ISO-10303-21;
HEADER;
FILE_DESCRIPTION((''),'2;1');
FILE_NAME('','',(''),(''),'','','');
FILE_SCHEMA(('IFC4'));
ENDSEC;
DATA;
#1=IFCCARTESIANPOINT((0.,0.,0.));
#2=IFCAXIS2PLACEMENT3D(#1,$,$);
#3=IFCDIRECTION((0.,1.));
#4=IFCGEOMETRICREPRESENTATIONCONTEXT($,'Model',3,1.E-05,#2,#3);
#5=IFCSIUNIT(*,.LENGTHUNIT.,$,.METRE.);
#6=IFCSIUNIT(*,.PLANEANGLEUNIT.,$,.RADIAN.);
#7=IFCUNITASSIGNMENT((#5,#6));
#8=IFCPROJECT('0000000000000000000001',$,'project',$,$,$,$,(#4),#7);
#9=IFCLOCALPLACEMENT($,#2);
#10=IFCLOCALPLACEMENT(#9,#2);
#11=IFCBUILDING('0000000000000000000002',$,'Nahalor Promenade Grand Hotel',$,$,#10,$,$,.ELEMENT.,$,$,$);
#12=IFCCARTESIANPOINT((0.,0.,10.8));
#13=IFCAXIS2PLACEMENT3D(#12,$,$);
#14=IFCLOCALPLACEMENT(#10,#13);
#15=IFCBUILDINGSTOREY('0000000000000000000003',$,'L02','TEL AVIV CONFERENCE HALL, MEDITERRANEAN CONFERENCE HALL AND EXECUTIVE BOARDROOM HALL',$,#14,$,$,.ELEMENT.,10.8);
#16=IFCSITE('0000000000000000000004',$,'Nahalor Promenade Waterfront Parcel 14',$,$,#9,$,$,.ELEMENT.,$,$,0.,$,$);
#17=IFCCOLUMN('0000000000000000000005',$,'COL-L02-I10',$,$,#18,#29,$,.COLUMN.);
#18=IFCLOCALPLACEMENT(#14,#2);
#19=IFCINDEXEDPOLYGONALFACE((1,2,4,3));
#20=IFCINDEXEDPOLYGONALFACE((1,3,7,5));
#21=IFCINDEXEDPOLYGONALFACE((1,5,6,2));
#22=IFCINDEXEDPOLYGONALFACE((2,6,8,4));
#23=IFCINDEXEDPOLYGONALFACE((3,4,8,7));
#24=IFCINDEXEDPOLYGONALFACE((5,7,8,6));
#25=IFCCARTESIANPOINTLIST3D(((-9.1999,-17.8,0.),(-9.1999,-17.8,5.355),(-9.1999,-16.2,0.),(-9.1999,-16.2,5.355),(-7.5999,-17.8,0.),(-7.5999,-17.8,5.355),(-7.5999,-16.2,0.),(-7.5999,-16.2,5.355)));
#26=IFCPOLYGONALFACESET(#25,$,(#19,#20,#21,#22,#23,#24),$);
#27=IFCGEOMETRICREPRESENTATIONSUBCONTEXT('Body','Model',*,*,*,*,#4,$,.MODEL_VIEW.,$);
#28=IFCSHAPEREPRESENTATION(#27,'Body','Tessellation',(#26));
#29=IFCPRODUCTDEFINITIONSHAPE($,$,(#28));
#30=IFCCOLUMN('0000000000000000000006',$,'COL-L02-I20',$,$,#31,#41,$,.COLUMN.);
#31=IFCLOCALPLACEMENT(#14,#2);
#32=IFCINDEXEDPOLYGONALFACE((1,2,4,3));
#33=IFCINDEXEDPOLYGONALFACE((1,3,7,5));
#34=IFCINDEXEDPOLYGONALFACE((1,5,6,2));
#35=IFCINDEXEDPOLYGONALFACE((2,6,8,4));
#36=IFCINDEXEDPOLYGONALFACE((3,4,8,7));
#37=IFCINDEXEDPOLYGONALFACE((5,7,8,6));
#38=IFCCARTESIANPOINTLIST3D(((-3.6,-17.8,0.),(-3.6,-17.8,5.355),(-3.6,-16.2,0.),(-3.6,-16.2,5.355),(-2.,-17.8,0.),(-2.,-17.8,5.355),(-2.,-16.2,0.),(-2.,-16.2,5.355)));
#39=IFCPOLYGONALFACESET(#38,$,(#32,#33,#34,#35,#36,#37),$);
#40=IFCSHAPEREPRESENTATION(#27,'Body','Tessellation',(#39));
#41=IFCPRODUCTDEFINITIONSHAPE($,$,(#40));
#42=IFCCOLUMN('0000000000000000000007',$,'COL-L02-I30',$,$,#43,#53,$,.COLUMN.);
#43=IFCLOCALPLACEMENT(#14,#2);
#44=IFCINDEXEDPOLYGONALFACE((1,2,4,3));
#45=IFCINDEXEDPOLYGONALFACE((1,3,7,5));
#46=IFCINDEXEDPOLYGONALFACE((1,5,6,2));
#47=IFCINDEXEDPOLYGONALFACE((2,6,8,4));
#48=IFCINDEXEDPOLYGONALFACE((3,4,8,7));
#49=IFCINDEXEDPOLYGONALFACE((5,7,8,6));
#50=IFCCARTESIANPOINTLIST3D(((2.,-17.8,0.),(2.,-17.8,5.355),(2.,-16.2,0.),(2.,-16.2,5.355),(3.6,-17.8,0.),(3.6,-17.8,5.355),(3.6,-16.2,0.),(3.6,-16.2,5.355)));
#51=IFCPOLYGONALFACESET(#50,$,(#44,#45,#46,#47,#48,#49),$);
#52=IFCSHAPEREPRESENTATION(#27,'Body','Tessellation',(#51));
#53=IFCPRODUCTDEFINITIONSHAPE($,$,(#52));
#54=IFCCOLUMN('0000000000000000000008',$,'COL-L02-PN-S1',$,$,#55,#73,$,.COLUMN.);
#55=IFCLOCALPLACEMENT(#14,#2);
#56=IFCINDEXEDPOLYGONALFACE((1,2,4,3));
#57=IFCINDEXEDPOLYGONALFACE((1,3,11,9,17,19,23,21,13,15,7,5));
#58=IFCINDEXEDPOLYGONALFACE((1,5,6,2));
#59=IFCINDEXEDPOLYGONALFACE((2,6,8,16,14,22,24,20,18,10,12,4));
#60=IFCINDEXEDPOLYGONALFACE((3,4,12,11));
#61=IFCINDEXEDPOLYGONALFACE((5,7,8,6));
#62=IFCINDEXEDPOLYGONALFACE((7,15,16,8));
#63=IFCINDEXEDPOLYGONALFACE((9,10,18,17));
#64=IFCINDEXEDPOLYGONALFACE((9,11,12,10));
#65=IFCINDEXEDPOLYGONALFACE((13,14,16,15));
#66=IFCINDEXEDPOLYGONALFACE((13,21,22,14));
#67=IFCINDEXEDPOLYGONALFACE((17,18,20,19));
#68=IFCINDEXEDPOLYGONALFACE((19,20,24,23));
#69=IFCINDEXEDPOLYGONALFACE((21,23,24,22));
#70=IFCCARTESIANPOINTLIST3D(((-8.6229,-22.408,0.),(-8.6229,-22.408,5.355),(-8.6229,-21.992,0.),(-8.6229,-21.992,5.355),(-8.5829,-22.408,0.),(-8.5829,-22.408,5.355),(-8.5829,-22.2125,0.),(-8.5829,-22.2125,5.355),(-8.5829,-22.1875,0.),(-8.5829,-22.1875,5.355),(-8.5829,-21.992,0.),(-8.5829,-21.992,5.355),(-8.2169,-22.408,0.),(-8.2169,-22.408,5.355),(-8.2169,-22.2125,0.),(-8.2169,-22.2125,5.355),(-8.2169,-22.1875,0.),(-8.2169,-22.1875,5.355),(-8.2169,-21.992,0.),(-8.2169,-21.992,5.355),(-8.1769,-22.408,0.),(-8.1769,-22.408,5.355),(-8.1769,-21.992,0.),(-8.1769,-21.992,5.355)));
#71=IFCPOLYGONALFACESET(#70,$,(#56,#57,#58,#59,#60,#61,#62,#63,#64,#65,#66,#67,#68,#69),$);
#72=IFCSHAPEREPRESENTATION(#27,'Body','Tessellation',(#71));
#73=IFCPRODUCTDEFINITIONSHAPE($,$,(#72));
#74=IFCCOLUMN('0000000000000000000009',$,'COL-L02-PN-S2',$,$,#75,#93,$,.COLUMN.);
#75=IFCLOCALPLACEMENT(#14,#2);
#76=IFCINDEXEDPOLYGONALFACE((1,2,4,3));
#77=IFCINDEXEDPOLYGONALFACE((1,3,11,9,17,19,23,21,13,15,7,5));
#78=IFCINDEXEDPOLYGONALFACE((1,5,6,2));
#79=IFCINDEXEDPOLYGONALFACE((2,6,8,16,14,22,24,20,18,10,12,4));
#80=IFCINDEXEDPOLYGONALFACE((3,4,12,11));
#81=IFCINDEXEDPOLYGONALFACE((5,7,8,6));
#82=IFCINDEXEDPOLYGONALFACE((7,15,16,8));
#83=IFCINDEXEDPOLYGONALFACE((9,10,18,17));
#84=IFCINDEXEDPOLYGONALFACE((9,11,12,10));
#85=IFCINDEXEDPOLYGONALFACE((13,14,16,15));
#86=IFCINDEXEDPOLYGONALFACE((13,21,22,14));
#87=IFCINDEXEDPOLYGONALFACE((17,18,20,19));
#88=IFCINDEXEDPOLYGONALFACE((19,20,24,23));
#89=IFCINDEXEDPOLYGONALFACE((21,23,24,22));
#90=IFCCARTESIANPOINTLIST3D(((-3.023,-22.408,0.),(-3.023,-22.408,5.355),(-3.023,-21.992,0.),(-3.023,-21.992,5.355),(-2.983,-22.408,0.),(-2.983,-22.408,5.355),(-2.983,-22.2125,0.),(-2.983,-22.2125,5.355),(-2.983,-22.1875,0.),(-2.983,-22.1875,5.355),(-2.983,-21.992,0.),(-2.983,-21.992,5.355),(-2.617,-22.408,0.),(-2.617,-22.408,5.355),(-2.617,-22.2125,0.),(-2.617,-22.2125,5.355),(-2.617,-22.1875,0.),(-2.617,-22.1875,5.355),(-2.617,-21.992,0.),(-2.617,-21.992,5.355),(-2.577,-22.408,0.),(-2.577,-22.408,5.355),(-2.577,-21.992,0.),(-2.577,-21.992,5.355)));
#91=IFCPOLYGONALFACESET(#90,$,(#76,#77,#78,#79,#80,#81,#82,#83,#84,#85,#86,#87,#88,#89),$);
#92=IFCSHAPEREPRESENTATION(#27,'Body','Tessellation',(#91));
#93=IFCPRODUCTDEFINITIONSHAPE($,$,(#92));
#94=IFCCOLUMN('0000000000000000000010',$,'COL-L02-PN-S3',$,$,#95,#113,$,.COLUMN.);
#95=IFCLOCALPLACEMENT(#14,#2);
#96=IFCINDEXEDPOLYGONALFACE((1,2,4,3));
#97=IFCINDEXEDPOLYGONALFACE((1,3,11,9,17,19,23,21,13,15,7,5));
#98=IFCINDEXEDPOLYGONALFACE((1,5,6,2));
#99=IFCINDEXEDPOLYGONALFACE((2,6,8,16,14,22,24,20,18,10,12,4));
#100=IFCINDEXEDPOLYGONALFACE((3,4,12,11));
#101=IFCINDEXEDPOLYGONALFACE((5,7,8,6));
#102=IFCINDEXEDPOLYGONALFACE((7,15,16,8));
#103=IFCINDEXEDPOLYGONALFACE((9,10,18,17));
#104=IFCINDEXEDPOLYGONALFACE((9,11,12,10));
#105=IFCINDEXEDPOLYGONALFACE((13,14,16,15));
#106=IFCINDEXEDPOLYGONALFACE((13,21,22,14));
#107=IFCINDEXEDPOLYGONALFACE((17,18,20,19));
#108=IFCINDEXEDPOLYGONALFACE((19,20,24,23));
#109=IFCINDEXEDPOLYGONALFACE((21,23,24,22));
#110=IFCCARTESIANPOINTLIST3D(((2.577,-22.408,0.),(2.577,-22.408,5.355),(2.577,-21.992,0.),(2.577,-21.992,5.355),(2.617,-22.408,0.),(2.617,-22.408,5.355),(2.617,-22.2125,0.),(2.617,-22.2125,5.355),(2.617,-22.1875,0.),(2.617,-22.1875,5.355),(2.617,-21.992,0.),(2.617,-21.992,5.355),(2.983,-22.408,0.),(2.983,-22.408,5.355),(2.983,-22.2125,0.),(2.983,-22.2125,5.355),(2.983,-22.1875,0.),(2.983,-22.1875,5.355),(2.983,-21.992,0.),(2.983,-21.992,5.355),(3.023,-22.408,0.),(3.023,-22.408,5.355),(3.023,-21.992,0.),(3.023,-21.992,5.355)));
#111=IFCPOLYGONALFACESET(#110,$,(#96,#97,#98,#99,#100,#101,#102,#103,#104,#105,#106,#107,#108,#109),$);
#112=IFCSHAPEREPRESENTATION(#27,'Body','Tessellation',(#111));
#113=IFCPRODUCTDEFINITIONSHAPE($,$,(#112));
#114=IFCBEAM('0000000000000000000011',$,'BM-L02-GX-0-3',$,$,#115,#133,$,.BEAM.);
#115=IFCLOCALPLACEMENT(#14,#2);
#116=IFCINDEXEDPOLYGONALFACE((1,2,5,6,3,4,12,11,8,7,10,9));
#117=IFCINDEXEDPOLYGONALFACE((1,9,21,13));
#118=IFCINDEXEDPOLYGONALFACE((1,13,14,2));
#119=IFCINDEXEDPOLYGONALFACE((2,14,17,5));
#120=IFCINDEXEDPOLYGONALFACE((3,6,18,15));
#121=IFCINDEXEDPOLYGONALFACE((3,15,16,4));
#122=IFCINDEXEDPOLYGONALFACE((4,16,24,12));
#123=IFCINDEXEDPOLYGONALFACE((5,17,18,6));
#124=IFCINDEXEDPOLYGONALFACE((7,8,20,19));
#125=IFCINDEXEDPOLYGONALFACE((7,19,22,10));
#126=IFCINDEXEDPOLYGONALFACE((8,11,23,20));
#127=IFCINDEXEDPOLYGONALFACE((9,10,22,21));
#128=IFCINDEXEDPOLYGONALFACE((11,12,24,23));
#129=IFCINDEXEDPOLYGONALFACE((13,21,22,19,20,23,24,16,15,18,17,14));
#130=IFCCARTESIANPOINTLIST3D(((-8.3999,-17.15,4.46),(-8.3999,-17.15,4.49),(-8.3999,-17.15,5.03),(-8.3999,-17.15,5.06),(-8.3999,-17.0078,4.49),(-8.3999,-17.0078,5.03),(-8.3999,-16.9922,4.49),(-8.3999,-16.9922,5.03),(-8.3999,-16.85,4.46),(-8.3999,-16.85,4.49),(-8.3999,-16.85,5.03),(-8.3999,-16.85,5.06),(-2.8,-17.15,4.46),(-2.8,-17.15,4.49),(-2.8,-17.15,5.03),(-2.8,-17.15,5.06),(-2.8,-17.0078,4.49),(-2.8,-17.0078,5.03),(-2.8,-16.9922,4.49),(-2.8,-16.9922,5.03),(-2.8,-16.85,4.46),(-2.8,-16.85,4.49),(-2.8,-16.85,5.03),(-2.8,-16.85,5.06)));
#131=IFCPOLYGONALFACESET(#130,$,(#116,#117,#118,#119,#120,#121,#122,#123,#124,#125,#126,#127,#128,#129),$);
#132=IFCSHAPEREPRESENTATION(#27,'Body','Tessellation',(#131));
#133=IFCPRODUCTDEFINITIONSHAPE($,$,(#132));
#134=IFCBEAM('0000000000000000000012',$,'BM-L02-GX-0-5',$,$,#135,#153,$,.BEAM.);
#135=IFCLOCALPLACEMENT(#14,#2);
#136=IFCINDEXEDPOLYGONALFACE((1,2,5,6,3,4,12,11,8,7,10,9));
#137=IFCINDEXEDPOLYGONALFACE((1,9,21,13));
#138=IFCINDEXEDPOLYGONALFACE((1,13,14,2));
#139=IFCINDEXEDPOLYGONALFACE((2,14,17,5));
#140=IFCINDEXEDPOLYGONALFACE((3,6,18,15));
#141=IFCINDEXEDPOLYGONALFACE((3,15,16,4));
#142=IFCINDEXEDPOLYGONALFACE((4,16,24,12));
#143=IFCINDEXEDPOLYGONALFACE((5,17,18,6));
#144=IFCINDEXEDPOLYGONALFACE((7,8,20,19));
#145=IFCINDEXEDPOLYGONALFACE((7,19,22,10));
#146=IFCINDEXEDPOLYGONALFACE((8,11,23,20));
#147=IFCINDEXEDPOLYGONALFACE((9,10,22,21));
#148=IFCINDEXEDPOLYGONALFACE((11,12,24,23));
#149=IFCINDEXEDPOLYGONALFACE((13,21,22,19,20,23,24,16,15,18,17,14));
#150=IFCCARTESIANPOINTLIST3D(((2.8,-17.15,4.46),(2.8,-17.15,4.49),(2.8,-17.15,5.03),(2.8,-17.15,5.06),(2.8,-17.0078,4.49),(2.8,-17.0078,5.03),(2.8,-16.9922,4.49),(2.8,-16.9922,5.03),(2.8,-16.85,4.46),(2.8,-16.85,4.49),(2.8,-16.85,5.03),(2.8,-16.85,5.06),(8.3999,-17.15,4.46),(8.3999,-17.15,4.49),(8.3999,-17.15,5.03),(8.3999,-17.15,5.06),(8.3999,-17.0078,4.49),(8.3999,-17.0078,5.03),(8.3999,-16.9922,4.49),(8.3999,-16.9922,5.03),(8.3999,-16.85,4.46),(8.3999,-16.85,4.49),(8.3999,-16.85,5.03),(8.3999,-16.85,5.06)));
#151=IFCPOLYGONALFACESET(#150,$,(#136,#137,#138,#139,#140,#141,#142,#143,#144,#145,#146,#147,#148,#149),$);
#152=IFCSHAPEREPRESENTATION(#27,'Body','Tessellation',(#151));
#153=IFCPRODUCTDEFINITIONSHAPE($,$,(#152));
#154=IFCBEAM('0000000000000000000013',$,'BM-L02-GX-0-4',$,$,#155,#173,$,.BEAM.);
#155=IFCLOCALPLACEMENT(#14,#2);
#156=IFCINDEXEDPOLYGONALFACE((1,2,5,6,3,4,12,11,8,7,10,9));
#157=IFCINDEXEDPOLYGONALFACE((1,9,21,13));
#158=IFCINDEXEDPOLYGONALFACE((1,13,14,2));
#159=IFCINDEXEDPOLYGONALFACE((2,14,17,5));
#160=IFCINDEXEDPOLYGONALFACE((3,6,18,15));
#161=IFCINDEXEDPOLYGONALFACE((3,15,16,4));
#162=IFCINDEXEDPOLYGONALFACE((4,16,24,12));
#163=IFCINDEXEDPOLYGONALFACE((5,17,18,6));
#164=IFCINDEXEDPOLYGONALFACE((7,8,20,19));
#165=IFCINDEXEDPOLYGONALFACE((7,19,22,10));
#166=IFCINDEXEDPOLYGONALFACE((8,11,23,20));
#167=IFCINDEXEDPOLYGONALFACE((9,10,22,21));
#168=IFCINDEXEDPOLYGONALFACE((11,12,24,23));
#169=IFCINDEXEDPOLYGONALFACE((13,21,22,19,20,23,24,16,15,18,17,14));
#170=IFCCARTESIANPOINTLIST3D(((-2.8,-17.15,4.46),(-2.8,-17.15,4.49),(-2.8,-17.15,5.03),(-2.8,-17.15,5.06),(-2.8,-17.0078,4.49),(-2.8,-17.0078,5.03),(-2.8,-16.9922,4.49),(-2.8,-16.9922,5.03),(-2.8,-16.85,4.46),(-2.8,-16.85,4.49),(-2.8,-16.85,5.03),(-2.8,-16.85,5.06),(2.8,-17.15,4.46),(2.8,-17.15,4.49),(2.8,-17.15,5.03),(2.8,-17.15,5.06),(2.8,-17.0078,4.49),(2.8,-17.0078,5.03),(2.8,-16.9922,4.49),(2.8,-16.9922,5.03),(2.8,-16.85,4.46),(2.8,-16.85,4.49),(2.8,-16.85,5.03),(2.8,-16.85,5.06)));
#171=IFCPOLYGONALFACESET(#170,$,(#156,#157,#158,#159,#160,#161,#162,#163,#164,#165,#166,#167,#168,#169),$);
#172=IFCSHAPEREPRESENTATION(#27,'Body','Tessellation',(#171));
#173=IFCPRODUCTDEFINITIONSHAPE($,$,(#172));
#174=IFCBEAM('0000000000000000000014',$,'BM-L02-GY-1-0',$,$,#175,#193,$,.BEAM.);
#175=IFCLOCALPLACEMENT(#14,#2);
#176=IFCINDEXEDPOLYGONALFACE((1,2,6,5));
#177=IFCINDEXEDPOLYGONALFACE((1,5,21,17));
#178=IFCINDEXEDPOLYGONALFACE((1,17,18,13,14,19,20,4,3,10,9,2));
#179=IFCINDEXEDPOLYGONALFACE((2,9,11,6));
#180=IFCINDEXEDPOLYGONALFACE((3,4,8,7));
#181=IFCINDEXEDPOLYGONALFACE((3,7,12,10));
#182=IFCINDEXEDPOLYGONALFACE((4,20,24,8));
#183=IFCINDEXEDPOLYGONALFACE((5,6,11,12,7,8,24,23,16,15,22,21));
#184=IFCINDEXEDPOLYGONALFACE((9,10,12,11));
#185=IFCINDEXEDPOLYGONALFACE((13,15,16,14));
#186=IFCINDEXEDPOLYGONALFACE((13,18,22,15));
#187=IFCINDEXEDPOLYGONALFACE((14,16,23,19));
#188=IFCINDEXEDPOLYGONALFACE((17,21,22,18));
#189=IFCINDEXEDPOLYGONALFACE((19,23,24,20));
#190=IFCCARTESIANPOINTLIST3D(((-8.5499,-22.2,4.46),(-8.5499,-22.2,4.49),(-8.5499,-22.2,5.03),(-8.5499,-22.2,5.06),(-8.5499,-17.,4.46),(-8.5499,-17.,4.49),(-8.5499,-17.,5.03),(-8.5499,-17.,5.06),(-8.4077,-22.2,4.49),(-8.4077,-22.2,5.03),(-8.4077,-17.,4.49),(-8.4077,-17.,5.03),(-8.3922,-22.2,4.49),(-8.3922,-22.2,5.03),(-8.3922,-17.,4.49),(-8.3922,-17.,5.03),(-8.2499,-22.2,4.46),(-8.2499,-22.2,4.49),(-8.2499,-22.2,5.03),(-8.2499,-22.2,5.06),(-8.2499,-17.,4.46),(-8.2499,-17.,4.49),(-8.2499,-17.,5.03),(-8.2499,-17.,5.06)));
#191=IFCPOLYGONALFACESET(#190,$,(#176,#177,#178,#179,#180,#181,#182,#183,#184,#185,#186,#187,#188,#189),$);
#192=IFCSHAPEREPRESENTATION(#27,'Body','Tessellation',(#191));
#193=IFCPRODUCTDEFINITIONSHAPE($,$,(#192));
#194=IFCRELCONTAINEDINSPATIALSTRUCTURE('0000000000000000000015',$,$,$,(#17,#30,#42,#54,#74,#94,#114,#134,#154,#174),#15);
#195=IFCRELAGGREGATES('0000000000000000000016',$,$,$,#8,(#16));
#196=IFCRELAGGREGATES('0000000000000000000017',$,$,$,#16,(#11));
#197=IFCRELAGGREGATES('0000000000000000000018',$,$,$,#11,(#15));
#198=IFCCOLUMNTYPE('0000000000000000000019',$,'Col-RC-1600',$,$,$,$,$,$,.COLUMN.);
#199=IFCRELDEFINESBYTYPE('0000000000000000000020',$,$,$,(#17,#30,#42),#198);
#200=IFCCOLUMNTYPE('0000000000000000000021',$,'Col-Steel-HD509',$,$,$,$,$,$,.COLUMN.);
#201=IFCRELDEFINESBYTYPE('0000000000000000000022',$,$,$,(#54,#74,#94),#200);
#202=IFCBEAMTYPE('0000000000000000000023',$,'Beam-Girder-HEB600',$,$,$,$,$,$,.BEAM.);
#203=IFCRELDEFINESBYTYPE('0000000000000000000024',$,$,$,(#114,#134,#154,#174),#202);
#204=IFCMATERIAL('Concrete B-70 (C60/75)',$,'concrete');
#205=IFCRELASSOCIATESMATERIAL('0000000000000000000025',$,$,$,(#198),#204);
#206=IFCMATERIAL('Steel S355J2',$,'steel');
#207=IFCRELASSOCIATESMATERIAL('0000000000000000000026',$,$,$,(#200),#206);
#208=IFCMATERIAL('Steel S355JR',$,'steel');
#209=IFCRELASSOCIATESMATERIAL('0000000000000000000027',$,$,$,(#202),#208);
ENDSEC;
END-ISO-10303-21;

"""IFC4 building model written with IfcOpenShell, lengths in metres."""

from ifc_helpers import new_model, si_unit, direction, frame, origin, origin_2d, place, context, subcontext, project, spatial, rectangle, i_section, extrude, source, transform, mapped, material, material_profile, profile_set, type_object, element, save


model = new_model("IFC4")

# Units and contexts
model_context = context("Model", 3, precision=1e-05, world=origin(), true_north=direction((0.0, 1.0)))
body_context = subcontext(model_context, "Body", "Model", "MODEL_VIEW")
ifc_project = project(units=[si_unit("LENGTHUNIT", "METRE"), si_unit("PLANEANGLEUNIT", "RADIAN")], contexts=[model_context])

# Site, building, storey
site_placement = place(None, origin())
site = spatial("IfcSite", under=ifc_project, at=site_placement, Name="Nahalor Promenade Waterfront Parcel 14", CompositionType="ELEMENT", RefElevation=0.0)
building_placement = place(site_placement, origin())
building = spatial("IfcBuilding", under=site, at=building_placement, Name="Nahalor Promenade Grand Hotel", CompositionType="ELEMENT")
storey_placement = place(building_placement, frame((0.0, 0.0, 10.8)))
storey = spatial("IfcBuildingStorey", under=building, at=storey_placement, Name="L02", Description="TEL AVIV CONFERENCE HALL, MEDITERRANEAN CONFERENCE HALL AND EXECUTIVE BOARDROOM HALL", CompositionType="ELEMENT", Elevation=10.8)

# Columns
ifc_material_1 = material(Name="Concrete B-70 (C60/75)", Category="concrete")
ifc_material_profile_1 = material_profile(ifc_material_1, rectangle(XDim=1.6, YDim=1.6, at=origin_2d()), Name="RC 1600x1600")
ifc_profile_set_1 = profile_set([ifc_material_profile_1], Name="Concrete B-70 (C60/75)")
column_type_1 = type_object("IfcColumnType", Name="Col-RC-1600", PredefinedType="COLUMN", material=ifc_profile_set_1)
shared_shape_1 = source(origin(), body_context, "Body", "SweptSolid", [
    extrude(rectangle(XDim=1.6, YDim=1.6, at=origin_2d()), origin(), (0.0, 0.0, 1.0), 5.355),
])
for number, where, z_axis, x_axis, name in (
    (1, (-8.3999, -17.0, 0.0), (0.0, 0.0, 1.0), (1.0, 0.0, 0.0), "COL-L02-I10"),
    (2, (-2.8, -17.0, 0.0), (0.0, 0.0, 1.0), (1.0, 0.0, 0.0), "COL-L02-I20"),
    (3, (2.8, -17.0, 0.0), (0.0, 0.0, 1.0), (1.0, 0.0, 0.0), "COL-L02-I30"),
):
    element("IfcColumn", number, at=place(storey_placement, frame(where, z_axis=z_axis, x_axis=x_axis)), inside=storey, type_object=column_type_1, Name=name, PredefinedType="COLUMN", context=body_context, shape_type="MappedRepresentation", body=[
        mapped(shared_shape_1, transform((0.0, 0.0, 0.0), scale=1.0)),
    ])
ifc_material_2 = material(Name="Steel S355J2", Category="steel")
ifc_material_profile_2 = material_profile(ifc_material_2, i_section(OverallWidth=0.416, OverallDepth=0.446, WebThickness=0.025, FlangeThickness=0.04, at=origin_2d()), Name="HD 400x509")
ifc_profile_set_2 = profile_set([ifc_material_profile_2], Name="Steel S355J2")
column_type_2 = type_object("IfcColumnType", Name="Col-Steel-HD509", PredefinedType="COLUMN", material=ifc_profile_set_2)
shared_shape_2 = source(origin(), body_context, "Body", "SweptSolid", [
    extrude(i_section(OverallWidth=0.416, OverallDepth=0.446, WebThickness=0.025, FlangeThickness=0.04, at=origin_2d()), origin(), (0.0, 0.0, 1.0), 5.355),
])
for number, where, z_axis, x_axis, name in (
    (4, (-8.3999, -22.2, 0.0), (0.0, 0.0, 1.0), (0.0, 1.0, 0.0), "COL-L02-PN-S1"),
    (5, (-2.8, -22.2, 0.0), (0.0, 0.0, 1.0), (0.0, 1.0, 0.0), "COL-L02-PN-S2"),
    (6, (2.8, -22.2, 0.0), (0.0, 0.0, 1.0), (0.0, 1.0, 0.0), "COL-L02-PN-S3"),
):
    element("IfcColumn", number, at=place(storey_placement, frame(where, z_axis=z_axis, x_axis=x_axis)), inside=storey, type_object=column_type_2, Name=name, PredefinedType="COLUMN", context=body_context, shape_type="MappedRepresentation", body=[
        mapped(shared_shape_2, transform((0.0, 0.0, 0.0), scale=1.0)),
    ])

# Beams
ifc_material_3 = material(Name="Steel S355JR", Category="steel")
ifc_material_profile_3 = material_profile(ifc_material_3, i_section(OverallWidth=0.3, OverallDepth=0.6, WebThickness=0.0155, FlangeThickness=0.03, at=origin_2d()), Name="HEB 600")
ifc_profile_set_3 = profile_set([ifc_material_profile_3], Name="Steel S355JR")
beam_type_1 = type_object("IfcBeamType", Name="Beam-Girder-HEB600", PredefinedType="BEAM", material=ifc_profile_set_3)
shared_shape_3 = source(origin(), body_context, "Body", "SweptSolid", [
    extrude(i_section(OverallWidth=0.3, OverallDepth=0.6, WebThickness=0.0155, FlangeThickness=0.03, at=origin_2d()), origin(), (0.0, 0.0, 1.0), 5.5999),
])
for number, where, z_axis, x_axis, name in (
    (7, (-8.3999, -17.0, 4.76), (1.0, 0.0, 0.0), (0.0, 1.0, 0.0), "BM-L02-GX-0-3"),
    (8, (2.8, -17.0, 4.76), (1.0, 0.0, 0.0), (0.0, 1.0, 0.0), "BM-L02-GX-0-5"),
):
    element("IfcBeam", number, at=place(storey_placement, frame(where, z_axis=z_axis, x_axis=x_axis)), inside=storey, type_object=beam_type_1, Name=name, PredefinedType="BEAM", context=body_context, shape_type="MappedRepresentation", body=[
        mapped(shared_shape_3, transform((0.0, 0.0, 0.0), scale=1.0)),
    ])
shared_shape_4 = source(origin(), body_context, "Body", "SweptSolid", [
    extrude(i_section(OverallWidth=0.3, OverallDepth=0.6, WebThickness=0.0155, FlangeThickness=0.03, at=origin_2d()), origin(), (0.0, 0.0, 1.0), 5.6001),
])
beam_1_placement = place(storey_placement, frame((-2.8, -17.0, 4.76), z_axis=(1.0, 0.0, 0.0), x_axis=(0.0, 1.0, 0.0)))
element("IfcBeam", 9, at=beam_1_placement, inside=storey, type_object=beam_type_1, Name="BM-L02-GX-0-4", PredefinedType="BEAM", context=body_context, shape_type="MappedRepresentation", body=[
    mapped(shared_shape_4, transform((0.0, 0.0, 0.0), scale=1.0)),
])
shared_shape_5 = source(origin(), body_context, "Body", "SweptSolid", [
    extrude(i_section(OverallWidth=0.3, OverallDepth=0.6, WebThickness=0.0155, FlangeThickness=0.03, at=origin_2d()), origin(), (0.0, 0.0, 1.0), 5.2),
])
for number, where, z_axis, x_axis, name in (
    (10, (-8.3999, -22.2, 4.76), (0.0, 1.0, 0.0), (-1.0, 0.0, 0.0), "BM-L02-GY-1-0"),
):
    element("IfcBeam", number, at=place(storey_placement, frame(where, z_axis=z_axis, x_axis=x_axis)), inside=storey, type_object=beam_type_1, Name=name, PredefinedType="BEAM", context=body_context, shape_type="MappedRepresentation", body=[
        mapped(shared_shape_5, transform((0.0, 0.0, 0.0), scale=1.0)),
    ])

save(model, "model.ifc")
